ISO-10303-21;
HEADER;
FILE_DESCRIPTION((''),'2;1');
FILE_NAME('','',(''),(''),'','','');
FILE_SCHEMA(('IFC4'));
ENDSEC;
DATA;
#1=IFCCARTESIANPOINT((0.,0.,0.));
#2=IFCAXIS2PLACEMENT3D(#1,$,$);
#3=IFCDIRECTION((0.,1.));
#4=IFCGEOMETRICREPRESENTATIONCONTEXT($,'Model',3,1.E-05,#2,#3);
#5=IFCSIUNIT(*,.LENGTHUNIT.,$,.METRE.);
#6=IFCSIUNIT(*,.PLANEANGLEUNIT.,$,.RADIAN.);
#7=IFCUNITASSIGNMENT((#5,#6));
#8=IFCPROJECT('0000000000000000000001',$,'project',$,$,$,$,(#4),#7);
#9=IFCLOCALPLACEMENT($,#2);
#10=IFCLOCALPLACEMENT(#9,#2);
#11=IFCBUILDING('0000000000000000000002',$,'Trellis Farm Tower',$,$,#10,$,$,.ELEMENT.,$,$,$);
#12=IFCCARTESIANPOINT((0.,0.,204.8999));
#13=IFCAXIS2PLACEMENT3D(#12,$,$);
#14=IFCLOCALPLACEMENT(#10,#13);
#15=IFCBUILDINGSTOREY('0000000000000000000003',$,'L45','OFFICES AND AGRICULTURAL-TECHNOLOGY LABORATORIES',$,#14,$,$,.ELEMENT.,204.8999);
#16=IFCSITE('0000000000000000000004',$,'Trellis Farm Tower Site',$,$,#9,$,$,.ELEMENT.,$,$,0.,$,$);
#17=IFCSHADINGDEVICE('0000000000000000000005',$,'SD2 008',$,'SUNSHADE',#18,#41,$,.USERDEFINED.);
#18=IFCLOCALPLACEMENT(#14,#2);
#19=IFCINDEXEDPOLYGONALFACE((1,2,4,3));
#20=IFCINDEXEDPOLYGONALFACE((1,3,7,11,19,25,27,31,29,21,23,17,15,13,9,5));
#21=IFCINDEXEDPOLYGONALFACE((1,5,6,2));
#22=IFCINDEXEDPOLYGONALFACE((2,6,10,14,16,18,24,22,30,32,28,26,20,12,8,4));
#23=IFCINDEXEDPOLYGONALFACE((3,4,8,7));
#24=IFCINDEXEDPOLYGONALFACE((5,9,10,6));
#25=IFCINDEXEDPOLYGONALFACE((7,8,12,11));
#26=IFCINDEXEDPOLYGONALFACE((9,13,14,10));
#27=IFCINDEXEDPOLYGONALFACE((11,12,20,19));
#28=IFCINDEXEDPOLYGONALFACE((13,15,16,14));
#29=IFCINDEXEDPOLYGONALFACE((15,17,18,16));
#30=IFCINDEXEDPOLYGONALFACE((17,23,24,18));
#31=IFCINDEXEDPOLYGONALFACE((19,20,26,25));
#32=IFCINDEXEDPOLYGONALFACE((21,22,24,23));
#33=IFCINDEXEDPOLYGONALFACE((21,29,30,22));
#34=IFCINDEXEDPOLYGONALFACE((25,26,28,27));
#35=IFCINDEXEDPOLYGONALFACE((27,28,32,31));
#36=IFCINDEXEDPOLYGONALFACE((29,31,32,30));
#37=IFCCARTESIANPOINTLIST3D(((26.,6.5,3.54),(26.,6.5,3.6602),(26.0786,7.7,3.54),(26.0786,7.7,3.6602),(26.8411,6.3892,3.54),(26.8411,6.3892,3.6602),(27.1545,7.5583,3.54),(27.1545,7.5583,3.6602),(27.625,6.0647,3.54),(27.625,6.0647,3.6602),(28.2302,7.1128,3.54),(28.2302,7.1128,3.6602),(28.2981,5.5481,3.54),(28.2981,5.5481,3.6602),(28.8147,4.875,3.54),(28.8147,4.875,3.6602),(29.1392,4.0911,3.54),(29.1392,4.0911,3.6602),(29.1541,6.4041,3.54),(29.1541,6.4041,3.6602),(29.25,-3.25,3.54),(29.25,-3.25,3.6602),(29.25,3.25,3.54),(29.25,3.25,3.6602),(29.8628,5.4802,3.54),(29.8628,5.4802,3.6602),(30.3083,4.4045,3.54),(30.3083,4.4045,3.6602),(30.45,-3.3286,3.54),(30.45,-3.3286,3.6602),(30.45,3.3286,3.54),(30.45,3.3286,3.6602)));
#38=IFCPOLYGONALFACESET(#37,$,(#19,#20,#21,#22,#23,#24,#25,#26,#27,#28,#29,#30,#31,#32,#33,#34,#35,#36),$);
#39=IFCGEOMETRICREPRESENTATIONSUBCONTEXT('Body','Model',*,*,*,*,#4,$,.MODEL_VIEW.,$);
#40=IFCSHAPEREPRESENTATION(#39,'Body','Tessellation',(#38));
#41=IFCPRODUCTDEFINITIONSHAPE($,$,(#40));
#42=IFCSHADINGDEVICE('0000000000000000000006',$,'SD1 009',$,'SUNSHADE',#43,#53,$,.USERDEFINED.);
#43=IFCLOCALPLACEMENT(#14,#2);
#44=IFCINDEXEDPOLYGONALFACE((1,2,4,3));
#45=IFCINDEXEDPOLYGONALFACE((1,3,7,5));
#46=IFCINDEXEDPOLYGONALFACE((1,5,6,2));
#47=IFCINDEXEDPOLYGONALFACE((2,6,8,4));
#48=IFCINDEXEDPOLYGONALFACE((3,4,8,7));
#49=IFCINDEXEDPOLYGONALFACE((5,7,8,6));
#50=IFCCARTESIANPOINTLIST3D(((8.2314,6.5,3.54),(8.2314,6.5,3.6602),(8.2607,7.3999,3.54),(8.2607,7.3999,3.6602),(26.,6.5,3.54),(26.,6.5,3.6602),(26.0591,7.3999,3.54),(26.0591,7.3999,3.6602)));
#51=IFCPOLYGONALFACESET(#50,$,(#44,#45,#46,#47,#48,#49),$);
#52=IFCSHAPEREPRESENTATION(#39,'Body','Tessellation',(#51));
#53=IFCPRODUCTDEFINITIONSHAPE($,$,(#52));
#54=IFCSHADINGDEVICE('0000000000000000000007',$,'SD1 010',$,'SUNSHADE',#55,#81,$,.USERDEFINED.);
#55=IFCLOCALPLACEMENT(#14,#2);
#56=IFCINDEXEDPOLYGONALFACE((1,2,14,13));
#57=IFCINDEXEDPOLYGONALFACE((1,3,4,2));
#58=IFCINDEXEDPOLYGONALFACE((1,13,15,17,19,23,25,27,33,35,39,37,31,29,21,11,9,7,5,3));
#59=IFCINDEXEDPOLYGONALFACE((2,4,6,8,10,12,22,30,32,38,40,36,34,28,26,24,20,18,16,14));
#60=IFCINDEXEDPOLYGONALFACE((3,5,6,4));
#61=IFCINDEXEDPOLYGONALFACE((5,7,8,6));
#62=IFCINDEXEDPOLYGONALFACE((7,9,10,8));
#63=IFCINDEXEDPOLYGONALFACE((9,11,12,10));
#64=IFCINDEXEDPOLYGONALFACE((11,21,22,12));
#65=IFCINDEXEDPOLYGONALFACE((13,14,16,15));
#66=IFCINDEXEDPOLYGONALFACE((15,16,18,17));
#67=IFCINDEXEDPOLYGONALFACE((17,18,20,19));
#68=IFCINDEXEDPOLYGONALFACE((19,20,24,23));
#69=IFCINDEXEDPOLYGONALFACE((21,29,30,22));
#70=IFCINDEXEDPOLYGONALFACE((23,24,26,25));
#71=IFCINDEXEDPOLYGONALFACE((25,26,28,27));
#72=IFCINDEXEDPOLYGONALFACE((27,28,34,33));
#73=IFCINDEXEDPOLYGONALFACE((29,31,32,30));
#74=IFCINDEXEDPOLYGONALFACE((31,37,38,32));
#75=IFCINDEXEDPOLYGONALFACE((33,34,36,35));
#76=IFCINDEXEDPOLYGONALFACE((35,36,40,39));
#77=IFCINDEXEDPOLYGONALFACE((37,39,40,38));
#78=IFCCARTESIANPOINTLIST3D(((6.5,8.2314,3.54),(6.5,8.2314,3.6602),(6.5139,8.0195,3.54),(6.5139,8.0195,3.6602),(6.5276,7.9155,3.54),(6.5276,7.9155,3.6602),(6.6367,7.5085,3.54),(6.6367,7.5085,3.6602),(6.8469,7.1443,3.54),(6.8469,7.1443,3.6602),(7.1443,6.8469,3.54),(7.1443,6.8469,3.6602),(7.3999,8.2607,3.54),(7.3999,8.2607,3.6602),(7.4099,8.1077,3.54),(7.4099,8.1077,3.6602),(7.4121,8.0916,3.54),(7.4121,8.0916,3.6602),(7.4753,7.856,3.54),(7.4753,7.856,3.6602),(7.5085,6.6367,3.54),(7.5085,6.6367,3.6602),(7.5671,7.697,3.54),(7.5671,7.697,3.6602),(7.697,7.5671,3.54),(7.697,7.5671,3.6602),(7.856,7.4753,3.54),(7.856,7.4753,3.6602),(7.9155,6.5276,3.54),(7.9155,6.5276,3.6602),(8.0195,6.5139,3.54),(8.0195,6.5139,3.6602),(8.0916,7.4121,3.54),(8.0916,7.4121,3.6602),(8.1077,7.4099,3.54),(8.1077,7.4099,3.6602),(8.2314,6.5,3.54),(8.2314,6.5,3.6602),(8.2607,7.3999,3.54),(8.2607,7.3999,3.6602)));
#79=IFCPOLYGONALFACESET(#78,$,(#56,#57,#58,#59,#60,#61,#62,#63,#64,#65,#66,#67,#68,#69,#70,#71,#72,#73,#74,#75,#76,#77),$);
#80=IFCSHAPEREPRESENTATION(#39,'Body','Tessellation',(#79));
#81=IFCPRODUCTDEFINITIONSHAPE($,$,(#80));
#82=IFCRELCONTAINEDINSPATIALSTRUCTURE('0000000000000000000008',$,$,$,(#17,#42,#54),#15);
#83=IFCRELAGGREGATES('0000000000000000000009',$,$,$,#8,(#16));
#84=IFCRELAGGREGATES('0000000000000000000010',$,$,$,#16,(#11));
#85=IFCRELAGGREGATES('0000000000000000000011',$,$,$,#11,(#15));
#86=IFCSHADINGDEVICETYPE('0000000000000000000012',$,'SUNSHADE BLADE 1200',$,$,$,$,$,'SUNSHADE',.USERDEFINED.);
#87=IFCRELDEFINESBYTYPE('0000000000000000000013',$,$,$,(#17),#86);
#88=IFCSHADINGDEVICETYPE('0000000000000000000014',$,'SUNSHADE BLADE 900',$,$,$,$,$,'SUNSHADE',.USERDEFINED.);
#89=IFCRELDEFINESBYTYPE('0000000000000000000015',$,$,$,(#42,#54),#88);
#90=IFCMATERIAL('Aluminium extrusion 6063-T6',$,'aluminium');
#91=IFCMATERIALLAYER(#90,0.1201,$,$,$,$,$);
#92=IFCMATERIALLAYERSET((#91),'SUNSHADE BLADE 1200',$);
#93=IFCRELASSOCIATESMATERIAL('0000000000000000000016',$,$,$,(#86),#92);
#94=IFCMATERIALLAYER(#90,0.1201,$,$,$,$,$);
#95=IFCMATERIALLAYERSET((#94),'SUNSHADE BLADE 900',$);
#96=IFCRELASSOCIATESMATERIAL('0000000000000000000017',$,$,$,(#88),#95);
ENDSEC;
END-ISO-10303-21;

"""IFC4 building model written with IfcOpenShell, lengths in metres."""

from ifc_helpers import new_model, si_unit, direction, frame, origin, place, context, subcontext, project, spatial, polyline, outline, extrude, source, transform, mapped, material, layer, layer_set, type_object, element, save


model = new_model("IFC4")

# Units and contexts
model_context = context("Model", 3, precision=1e-05, world=origin(), true_north=direction((0.0, 1.0)))
body_context = subcontext(model_context, "Body", "Model", "MODEL_VIEW")
ifc_project = project(units=[si_unit("LENGTHUNIT", "METRE"), si_unit("PLANEANGLEUNIT", "RADIAN")], contexts=[model_context])

# Site, building, storey
site_placement = place(None, origin())
site = spatial("IfcSite", under=ifc_project, at=site_placement, Name="Trellis Farm Tower Site", CompositionType="ELEMENT", RefElevation=0.0)
building_placement = place(site_placement, origin())
building = spatial("IfcBuilding", under=site, at=building_placement, Name="Trellis Farm Tower", CompositionType="ELEMENT")
storey_placement = place(building_placement, frame((0.0, 0.0, 204.8999)))
storey = spatial("IfcBuildingStorey", under=building, at=storey_placement, Name="L45", Description="OFFICES AND AGRICULTURAL-TECHNOLOGY LABORATORIES", CompositionType="ELEMENT", Elevation=204.8999)

# Shared definitions
ifc_material_1 = material(Name="Aluminium extrusion 6063-T6", Category="aluminium")

# Shading devices
ifc_layer_1 = layer(ifc_material_1, 0.1201)
ifc_layer_set_1 = layer_set([ifc_layer_1], Name="SUNSHADE BLADE 1200")
shading_device_type_1 = type_object("IfcShadingDeviceType", Name="SUNSHADE BLADE 1200", ElementType="SUNSHADE", PredefinedType="USERDEFINED", material=ifc_layer_set_1)
placement_1 = place(storey_placement, frame((0.0, 0.0, 3.54)))
ifc_layer_2 = layer(ifc_material_1, 0.1201)
ifc_layer_set_2 = layer_set([ifc_layer_2], Name="SUNSHADE BLADE 900")
shading_device_type_2 = type_object("IfcShadingDeviceType", Name="SUNSHADE BLADE 900", ElementType="SUNSHADE", PredefinedType="USERDEFINED", material=ifc_layer_set_2)
shared_shape_1 = source(origin(), body_context, "Body", "SweptSolid", [
    extrude(outline(polyline([(30.45, -3.3286), (30.45, 3.3286), (30.3083, 4.4045), (29.8628, 5.4802), (29.1541, 6.4041), (28.2302, 7.1128), (27.1545, 7.5583), (26.0786, 7.7), (26.0, 6.5), (26.8411, 6.3892), (27.625, 6.0647), (28.2981, 5.5481), (28.8147, 4.875), (29.1392, 4.0911), (29.25, 3.25), (29.25, -3.25), (30.45, -3.3286)])), origin(), (0.0, 0.0, 1.0), 0.1201),
])
element("IfcShadingDevice", 1, at=placement_1, inside=storey, type_object=shading_device_type_1, Name="SD2 008", ObjectType="SUNSHADE", PredefinedType="USERDEFINED", context=body_context, shape_type="MappedRepresentation", body=[
    mapped(shared_shape_1, transform((0.0, 0.0, 0.0))),
])
shared_shape_2 = source(origin(), body_context, "Body", "SweptSolid", [
    extrude(outline(polyline([(26.0591, 7.3999), (8.2607, 7.3999), (8.2314, 6.5), (26.0, 6.5), (26.0591, 7.3999)])), origin(), (0.0, 0.0, 1.0), 0.1201),
])
element("IfcShadingDevice", 2, at=placement_1, inside=storey, type_object=shading_device_type_2, Name="SD1 009", ObjectType="SUNSHADE", PredefinedType="USERDEFINED", context=body_context, shape_type="MappedRepresentation", body=[
    mapped(shared_shape_2, transform((0.0, 0.0, 0.0))),
])
shared_shape_3 = source(origin(), body_context, "Body", "SweptSolid", [
    extrude(outline(polyline([(8.2607, 7.3999), (8.1077, 7.4099), (8.0916, 7.4121), (7.856, 7.4753), (7.697, 7.5671), (7.5671, 7.697), (7.4753, 7.856), (7.4121, 8.0916), (7.4099, 8.1077), (7.3999, 8.2607), (6.5, 8.2314), (6.5139, 8.0195), (6.5276, 7.9155), (6.6367, 7.5085), (6.8469, 7.1443), (7.1443, 6.8469), (7.5085, 6.6367), (7.9155, 6.5276), (8.0195, 6.5139), (8.2314, 6.5), (8.2607, 7.3999)])), origin(), (0.0, 0.0, 1.0), 0.1201),
])
element("IfcShadingDevice", 3, at=placement_1, inside=storey, type_object=shading_device_type_2, Name="SD1 010", ObjectType="SUNSHADE", PredefinedType="USERDEFINED", context=body_context, shape_type="MappedRepresentation", body=[
    mapped(shared_shape_3, transform((0.0, 0.0, 0.0))),
])

save(model, "model.ifc")
